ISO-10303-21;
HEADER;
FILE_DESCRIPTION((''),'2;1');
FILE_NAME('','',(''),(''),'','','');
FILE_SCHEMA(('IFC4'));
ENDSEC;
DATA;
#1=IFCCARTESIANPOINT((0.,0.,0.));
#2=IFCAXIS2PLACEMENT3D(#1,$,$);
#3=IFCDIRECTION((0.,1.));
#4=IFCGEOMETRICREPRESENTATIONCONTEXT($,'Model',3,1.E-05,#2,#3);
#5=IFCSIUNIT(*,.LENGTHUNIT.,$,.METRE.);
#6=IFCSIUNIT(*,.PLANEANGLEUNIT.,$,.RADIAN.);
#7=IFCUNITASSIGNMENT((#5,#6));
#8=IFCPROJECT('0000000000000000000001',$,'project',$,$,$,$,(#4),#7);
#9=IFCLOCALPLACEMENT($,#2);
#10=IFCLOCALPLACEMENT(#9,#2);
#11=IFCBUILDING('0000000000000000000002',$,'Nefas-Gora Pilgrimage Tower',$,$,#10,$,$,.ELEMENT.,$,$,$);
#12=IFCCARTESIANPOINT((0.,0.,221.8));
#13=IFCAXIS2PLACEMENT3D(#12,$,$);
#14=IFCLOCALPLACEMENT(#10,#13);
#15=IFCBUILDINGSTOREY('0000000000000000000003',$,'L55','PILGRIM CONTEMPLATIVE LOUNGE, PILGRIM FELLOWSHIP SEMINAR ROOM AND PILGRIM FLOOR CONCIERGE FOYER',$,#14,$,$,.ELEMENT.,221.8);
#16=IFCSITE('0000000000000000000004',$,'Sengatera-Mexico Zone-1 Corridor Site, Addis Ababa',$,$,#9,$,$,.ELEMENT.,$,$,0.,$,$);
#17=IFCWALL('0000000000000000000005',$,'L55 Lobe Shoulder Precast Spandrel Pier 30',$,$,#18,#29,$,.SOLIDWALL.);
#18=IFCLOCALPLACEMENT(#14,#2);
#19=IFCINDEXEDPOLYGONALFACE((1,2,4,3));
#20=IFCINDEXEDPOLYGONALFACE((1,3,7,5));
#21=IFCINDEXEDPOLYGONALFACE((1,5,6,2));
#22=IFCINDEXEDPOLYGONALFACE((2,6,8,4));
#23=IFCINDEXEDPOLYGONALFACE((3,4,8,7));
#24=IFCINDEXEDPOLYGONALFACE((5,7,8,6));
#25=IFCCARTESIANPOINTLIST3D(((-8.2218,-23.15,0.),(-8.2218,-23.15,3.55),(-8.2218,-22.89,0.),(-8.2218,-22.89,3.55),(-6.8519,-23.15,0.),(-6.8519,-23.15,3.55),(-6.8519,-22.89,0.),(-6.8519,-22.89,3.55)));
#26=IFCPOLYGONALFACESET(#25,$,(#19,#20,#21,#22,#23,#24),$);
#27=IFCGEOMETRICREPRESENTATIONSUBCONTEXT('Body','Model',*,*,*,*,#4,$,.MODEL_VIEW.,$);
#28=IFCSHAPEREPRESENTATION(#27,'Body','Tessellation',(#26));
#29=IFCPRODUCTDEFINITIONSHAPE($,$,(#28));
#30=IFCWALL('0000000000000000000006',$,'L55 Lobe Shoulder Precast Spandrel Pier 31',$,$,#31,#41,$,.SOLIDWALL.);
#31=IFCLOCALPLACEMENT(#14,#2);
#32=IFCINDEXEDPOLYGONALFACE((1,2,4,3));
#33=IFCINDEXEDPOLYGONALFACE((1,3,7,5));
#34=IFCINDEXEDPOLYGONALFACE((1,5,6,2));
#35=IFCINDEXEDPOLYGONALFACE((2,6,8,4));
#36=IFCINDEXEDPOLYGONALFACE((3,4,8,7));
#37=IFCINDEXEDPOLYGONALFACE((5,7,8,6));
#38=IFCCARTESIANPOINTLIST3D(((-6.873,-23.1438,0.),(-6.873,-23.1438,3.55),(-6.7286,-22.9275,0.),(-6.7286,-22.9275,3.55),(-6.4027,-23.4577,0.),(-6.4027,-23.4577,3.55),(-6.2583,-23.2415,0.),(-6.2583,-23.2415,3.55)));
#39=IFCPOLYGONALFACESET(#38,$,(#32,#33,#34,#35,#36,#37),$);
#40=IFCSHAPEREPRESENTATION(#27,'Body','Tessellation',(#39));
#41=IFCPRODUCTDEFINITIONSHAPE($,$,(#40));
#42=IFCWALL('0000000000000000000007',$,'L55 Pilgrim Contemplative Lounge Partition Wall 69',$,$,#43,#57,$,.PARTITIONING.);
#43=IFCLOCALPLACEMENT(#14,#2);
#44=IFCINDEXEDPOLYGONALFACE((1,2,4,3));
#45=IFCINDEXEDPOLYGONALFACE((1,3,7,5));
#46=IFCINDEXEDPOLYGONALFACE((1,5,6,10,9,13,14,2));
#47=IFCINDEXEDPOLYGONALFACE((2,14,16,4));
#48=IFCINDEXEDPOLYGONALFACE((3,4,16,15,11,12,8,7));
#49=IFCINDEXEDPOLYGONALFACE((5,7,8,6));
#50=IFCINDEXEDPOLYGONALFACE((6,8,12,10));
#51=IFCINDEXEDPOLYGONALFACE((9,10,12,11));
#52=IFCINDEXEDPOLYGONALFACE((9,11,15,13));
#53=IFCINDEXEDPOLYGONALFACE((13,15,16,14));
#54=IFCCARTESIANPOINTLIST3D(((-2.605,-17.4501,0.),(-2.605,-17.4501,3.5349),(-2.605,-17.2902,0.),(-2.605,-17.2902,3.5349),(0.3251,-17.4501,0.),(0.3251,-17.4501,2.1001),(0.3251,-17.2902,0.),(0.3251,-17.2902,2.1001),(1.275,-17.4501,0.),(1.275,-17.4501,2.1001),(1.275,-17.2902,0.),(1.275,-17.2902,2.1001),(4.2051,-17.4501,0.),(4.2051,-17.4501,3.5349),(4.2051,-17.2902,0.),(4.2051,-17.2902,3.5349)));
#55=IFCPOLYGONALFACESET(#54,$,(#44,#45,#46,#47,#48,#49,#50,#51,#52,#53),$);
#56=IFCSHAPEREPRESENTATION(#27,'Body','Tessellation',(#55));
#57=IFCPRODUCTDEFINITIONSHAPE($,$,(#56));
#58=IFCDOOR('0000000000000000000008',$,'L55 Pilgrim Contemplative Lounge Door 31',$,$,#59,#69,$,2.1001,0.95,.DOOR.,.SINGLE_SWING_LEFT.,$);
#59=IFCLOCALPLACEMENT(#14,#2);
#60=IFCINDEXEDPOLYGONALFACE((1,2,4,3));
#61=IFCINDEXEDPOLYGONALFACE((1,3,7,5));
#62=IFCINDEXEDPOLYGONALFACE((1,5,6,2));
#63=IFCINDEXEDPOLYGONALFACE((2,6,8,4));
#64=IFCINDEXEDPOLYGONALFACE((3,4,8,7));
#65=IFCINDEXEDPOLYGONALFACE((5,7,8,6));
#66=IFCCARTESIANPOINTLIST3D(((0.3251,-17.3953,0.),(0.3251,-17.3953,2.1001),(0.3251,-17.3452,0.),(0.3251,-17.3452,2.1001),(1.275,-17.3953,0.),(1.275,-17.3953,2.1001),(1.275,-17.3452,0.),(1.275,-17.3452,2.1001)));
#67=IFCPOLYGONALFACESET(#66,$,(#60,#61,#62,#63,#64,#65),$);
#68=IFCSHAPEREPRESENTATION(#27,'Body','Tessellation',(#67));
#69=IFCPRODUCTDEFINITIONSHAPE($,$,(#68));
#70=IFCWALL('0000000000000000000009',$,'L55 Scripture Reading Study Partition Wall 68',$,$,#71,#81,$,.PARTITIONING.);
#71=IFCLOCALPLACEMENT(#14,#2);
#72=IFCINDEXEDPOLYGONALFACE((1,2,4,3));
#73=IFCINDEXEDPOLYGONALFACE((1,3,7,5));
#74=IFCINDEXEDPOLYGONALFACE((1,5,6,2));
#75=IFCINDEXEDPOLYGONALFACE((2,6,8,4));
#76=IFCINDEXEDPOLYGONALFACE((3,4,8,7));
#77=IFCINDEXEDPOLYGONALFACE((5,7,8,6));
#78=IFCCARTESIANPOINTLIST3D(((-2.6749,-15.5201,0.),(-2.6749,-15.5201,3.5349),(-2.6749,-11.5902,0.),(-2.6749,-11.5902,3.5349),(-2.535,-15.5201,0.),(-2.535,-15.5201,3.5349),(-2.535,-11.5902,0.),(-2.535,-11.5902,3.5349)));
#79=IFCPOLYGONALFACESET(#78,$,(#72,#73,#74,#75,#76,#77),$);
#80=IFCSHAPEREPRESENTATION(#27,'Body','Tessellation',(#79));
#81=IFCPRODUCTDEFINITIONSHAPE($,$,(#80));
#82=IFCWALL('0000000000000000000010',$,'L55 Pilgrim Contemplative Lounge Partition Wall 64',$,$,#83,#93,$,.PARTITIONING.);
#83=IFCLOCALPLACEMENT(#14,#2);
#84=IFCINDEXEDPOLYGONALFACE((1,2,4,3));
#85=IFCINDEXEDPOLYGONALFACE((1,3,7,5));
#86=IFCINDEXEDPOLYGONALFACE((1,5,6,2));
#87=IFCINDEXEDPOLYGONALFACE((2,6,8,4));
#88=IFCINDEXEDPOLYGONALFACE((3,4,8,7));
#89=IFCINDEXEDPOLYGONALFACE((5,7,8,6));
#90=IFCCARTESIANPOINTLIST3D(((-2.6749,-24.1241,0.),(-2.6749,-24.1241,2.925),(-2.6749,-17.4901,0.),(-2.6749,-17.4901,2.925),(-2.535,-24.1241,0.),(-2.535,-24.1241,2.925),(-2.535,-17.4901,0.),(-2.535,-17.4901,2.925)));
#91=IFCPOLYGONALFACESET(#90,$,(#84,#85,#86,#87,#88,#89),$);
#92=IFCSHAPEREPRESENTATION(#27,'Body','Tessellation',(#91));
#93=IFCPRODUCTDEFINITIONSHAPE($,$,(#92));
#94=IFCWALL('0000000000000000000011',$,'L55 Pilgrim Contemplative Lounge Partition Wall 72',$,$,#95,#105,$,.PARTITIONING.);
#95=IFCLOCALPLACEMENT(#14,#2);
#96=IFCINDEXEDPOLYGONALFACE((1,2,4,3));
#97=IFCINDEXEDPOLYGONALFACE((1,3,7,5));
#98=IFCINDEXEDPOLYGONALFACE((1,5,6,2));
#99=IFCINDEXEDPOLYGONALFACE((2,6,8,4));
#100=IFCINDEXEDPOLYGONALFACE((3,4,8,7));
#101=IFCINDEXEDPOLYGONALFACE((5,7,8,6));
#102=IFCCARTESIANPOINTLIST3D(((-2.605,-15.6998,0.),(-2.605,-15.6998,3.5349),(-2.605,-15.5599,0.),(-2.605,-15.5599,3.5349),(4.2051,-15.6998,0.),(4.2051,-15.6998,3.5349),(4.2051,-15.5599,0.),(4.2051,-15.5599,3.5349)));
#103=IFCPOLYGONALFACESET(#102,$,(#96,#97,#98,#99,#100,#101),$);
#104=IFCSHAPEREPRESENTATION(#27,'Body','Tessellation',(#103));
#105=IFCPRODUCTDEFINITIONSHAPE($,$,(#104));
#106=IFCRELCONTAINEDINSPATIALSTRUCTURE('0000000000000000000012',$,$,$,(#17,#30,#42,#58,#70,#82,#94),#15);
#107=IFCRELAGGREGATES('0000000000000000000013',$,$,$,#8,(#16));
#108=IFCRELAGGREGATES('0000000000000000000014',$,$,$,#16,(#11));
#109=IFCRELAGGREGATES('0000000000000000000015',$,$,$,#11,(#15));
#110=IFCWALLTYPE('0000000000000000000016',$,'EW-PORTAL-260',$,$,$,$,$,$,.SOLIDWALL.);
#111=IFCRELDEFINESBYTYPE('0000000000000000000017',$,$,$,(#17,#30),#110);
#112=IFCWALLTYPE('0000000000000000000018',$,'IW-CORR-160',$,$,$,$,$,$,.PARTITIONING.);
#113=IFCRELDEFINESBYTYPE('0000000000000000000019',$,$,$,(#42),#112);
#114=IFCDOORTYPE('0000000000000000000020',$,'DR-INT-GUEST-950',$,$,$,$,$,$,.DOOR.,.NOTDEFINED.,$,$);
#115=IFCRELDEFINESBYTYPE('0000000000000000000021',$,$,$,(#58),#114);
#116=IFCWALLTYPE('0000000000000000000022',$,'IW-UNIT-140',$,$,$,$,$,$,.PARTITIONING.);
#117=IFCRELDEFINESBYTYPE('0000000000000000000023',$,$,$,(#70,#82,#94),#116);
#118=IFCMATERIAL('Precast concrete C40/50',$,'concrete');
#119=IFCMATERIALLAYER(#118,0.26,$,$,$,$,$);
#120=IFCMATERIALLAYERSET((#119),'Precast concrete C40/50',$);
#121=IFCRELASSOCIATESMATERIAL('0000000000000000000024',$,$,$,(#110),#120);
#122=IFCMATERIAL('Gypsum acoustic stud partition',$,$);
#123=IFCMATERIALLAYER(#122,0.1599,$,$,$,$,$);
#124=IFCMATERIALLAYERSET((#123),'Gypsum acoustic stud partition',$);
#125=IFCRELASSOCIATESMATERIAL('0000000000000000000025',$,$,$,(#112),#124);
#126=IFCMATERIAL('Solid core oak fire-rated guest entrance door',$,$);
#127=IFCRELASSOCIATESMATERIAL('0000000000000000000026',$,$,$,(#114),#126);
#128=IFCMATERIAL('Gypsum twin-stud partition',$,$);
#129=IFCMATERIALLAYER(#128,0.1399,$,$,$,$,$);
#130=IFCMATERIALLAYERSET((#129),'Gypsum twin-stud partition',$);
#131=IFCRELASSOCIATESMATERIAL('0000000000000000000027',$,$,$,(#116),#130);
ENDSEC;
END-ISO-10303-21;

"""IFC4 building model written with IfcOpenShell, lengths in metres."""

from ifc_helpers import new_model, si_unit, direction, frame, frame_2d, origin, place, context, subcontext, project, spatial, rectangle, extrude, source, transform, mapped, material, layer, layer_set, type_object, element, fill, save


model = new_model("IFC4")

# Units and contexts
model_context = context("Model", 3, precision=1e-05, world=origin(), true_north=direction((0.0, 1.0)))
body_context = subcontext(model_context, "Body", "Model", "MODEL_VIEW")
ifc_project = project(units=[si_unit("LENGTHUNIT", "METRE"), si_unit("PLANEANGLEUNIT", "RADIAN")], contexts=[model_context])

# Site, building, storey
site_placement = place(None, origin())
site = spatial("IfcSite", under=ifc_project, at=site_placement, Name="Sengatera-Mexico Zone-1 Corridor Site, Addis Ababa", CompositionType="ELEMENT", RefElevation=0.0)
building_placement = place(site_placement, origin())
building = spatial("IfcBuilding", under=site, at=building_placement, Name="Nefas-Gora Pilgrimage Tower", CompositionType="ELEMENT")
storey_placement = place(building_placement, frame((0.0, 0.0, 221.8)))
storey = spatial("IfcBuildingStorey", under=building, at=storey_placement, Name="L55", Description="PILGRIM CONTEMPLATIVE LOUNGE, PILGRIM FELLOWSHIP SEMINAR ROOM AND PILGRIM FLOOR CONCIERGE FOYER", CompositionType="ELEMENT", Elevation=221.8)

# Walls
ifc_material_1 = material(Name="Precast concrete C40/50", Category="concrete")
ifc_layer_1 = layer(ifc_material_1, 0.26)
ifc_layer_set_1 = layer_set([ifc_layer_1], Name="Precast concrete C40/50")
wall_type_1 = type_object("IfcWallType", Name="EW-PORTAL-260", PredefinedType="SOLIDWALL", material=ifc_layer_set_1)
shared_shape_1 = source(origin(), body_context, "Body", "SweptSolid", [
    extrude(rectangle(XDim=1.3699, YDim=0.26, at=frame_2d((0.6851, 0.0))), origin(), (0.0, 0.0, 1.0), 3.55),
])
wall_1_placement = place(storey_placement, frame((-8.2219, -23.02, 0.0), z_axis=(0.0, 0.0, 1.0), x_axis=(1.0, 0.0, 0.0)))
element("IfcWall", 1, at=wall_1_placement, inside=storey, type_object=wall_type_1, Name="L55 Lobe Shoulder Precast Spandrel Pier 30", PredefinedType="SOLIDWALL", context=body_context, shape_type="MappedRepresentation", body=[
    mapped(shared_shape_1, transform((0.0, 0.0, 0.0), x_axis=(1.0, 0.0, 0.0), y_axis=(0.0, 1.0, 0.0), z_axis=(0.0, 0.0, 1.0), scale=1.0)),
])
shared_shape_2 = source(origin(), body_context, "Body", "SweptSolid", [
    extrude(rectangle(XDim=0.5654, YDim=0.26, at=frame_2d((0.2827, 0.0))), origin(), (0.0, 0.0, 1.0), 3.55),
])
wall_2_placement = place(storey_placement, frame((-6.8008, -23.0356, 0.0), z_axis=(0.0, 0.0, 1.0), x_axis=(0.831651, -0.555298, 0.0)))
element("IfcWall", 2, at=wall_2_placement, inside=storey, type_object=wall_type_1, Name="L55 Lobe Shoulder Precast Spandrel Pier 31", PredefinedType="SOLIDWALL", context=body_context, shape_type="MappedRepresentation", body=[
    mapped(shared_shape_2, transform((0.0, 0.0, 0.0), x_axis=(1.0, 0.0, 0.0), y_axis=(0.0, 1.0, 0.0), z_axis=(0.0, 0.0, 1.0), scale=1.0)),
])

# Wall, opening, door
ifc_material_2 = material(Name="Gypsum acoustic stud partition")
ifc_layer_2 = layer(ifc_material_2, 0.1599)
ifc_layer_set_2 = layer_set([ifc_layer_2], Name="Gypsum acoustic stud partition")
wall_type_2 = type_object("IfcWallType", Name="IW-CORR-160", PredefinedType="PARTITIONING", material=ifc_layer_set_2)
shared_shape_3 = source(origin(), body_context, "Body", "SweptSolid", [
    extrude(rectangle(XDim=6.8101, YDim=0.1599, at=frame_2d((3.405, 0.0))), origin(), (0.0, 0.0, 1.0), 3.5349),
])
wall_3_placement = place(storey_placement, frame((-2.605, -17.3701, 0.0), z_axis=(0.0, 0.0, 1.0), x_axis=(1.0, 0.0, 0.0)))
wall_3 = element("IfcWall", 3, at=wall_3_placement, inside=storey, type_object=wall_type_2, Name="L55 Pilgrim Contemplative Lounge Partition Wall 69", PredefinedType="PARTITIONING", context=body_context, shape_type="MappedRepresentation", body=[
    mapped(shared_shape_3, transform((0.0, 0.0, 0.0), x_axis=(1.0, 0.0, 0.0), y_axis=(0.0, 1.0, 0.0), z_axis=(0.0, 0.0, 1.0), scale=1.0)),
])
opening_placement = place(wall_3_placement, frame((2.9299, 0.0, 0.0)))
opening = element("IfcOpeningElement", 4, at=opening_placement, cuts=wall_3, PredefinedType="OPENING", context=body_context, shape_type="SweptSolid", body=[
    extrude(rectangle(XDim=0.95, YDim=2.1001, at=frame_2d((0.4751, 1.05))), frame((0.0, 0.0898, 0.0), z_axis=(0.0, -1.0, 0.0), x_axis=(1.0, 0.0, 0.0)), (0.0, 0.0, 1.0), 0.1799),
])
ifc_material_3 = material(Name="Solid core oak fire-rated guest entrance door")
door_type = type_object("IfcDoorType", Name="DR-INT-GUEST-950", OperationType="NOTDEFINED", PredefinedType="DOOR", material=ifc_material_3)
shared_shape_4 = source(origin(), body_context, "Body", "SweptSolid", [
    extrude(rectangle(XDim=0.95, YDim=2.1001, at=frame_2d((0.4751, 1.05))), frame((0.0, 0.0249, 0.0), z_axis=(0.0, -1.0, 0.0), x_axis=(1.0, 0.0, 0.0)), (0.0, 0.0, 1.0), 0.05),
])
door_placement = place(opening_placement, origin())
door = element("IfcDoor", 5, at=door_placement, inside=storey, type_object=door_type, Name="L55 Pilgrim Contemplative Lounge Door 31", OperationType="SINGLE_SWING_LEFT", OverallHeight=2.1001, OverallWidth=0.95, PredefinedType="DOOR", context=body_context, shape_type="MappedRepresentation", body=[
    mapped(shared_shape_4, transform((0.0, 0.0, 0.0), x_axis=(1.0, 0.0, 0.0), y_axis=(0.0, 1.0, 0.0), z_axis=(0.0, 0.0, 1.0), scale=1.0)),
])
fill(opening, door)

# Walls
ifc_material_4 = material(Name="Gypsum twin-stud partition")
ifc_layer_3 = layer(ifc_material_4, 0.1399)
ifc_layer_set_3 = layer_set([ifc_layer_3], Name="Gypsum twin-stud partition")
wall_type_3 = type_object("IfcWallType", Name="IW-UNIT-140", PredefinedType="PARTITIONING", material=ifc_layer_set_3)
shared_shape_5 = source(origin(), body_context, "Body", "SweptSolid", [
    extrude(rectangle(XDim=3.9299, YDim=0.1399, at=frame_2d((1.9648, 0.0))), origin(), (0.0, 0.0, 1.0), 3.5349),
])
wall_4_placement = place(storey_placement, frame((-2.605, -15.52, 0.0), z_axis=(0.0, 0.0, 1.0), x_axis=(0.0, 1.0, 0.0)))
element("IfcWall", 6, at=wall_4_placement, inside=storey, type_object=wall_type_3, Name="L55 Scripture Reading Study Partition Wall 68", PredefinedType="PARTITIONING", context=body_context, shape_type="MappedRepresentation", body=[
    mapped(shared_shape_5, transform((0.0, 0.0, 0.0), x_axis=(1.0, 0.0, 0.0), y_axis=(0.0, 1.0, 0.0), z_axis=(0.0, 0.0, 1.0), scale=1.0)),
])
shared_shape_6 = source(origin(), body_context, "Body", "SweptSolid", [
    extrude(rectangle(XDim=6.634, YDim=0.1399, at=frame_2d((3.3169, 0.0))), origin(), (0.0, 0.0, 1.0), 2.925),
])
wall_5_placement = place(storey_placement, frame((-2.605, -24.124, 0.0), z_axis=(0.0, 0.0, 1.0), x_axis=(0.0, 1.0, 0.0)))
element("IfcWall", 7, at=wall_5_placement, inside=storey, type_object=wall_type_3, Name="L55 Pilgrim Contemplative Lounge Partition Wall 64", PredefinedType="PARTITIONING", context=body_context, shape_type="MappedRepresentation", body=[
    mapped(shared_shape_6, transform((0.0, 0.0, 0.0), x_axis=(1.0, 0.0, 0.0), y_axis=(0.0, 1.0, 0.0), z_axis=(0.0, 0.0, 1.0), scale=1.0)),
])
shared_shape_7 = source(origin(), body_context, "Body", "SweptSolid", [
    extrude(rectangle(XDim=6.8101, YDim=0.1399, at=frame_2d((3.405, 0.0))), origin(), (0.0, 0.0, 1.0), 3.5349),
])
wall_6_placement = place(storey_placement, frame((-2.605, -15.6299, 0.0), z_axis=(0.0, 0.0, 1.0), x_axis=(1.0, 0.0, 0.0)))
element("IfcWall", 8, at=wall_6_placement, inside=storey, type_object=wall_type_3, Name="L55 Pilgrim Contemplative Lounge Partition Wall 72", PredefinedType="PARTITIONING", context=body_context, shape_type="MappedRepresentation", body=[
    mapped(shared_shape_7, transform((0.0, 0.0, 0.0), x_axis=(1.0, 0.0, 0.0), y_axis=(0.0, 1.0, 0.0), z_axis=(0.0, 0.0, 1.0), scale=1.0)),
])

save(model, "model.ifc")
